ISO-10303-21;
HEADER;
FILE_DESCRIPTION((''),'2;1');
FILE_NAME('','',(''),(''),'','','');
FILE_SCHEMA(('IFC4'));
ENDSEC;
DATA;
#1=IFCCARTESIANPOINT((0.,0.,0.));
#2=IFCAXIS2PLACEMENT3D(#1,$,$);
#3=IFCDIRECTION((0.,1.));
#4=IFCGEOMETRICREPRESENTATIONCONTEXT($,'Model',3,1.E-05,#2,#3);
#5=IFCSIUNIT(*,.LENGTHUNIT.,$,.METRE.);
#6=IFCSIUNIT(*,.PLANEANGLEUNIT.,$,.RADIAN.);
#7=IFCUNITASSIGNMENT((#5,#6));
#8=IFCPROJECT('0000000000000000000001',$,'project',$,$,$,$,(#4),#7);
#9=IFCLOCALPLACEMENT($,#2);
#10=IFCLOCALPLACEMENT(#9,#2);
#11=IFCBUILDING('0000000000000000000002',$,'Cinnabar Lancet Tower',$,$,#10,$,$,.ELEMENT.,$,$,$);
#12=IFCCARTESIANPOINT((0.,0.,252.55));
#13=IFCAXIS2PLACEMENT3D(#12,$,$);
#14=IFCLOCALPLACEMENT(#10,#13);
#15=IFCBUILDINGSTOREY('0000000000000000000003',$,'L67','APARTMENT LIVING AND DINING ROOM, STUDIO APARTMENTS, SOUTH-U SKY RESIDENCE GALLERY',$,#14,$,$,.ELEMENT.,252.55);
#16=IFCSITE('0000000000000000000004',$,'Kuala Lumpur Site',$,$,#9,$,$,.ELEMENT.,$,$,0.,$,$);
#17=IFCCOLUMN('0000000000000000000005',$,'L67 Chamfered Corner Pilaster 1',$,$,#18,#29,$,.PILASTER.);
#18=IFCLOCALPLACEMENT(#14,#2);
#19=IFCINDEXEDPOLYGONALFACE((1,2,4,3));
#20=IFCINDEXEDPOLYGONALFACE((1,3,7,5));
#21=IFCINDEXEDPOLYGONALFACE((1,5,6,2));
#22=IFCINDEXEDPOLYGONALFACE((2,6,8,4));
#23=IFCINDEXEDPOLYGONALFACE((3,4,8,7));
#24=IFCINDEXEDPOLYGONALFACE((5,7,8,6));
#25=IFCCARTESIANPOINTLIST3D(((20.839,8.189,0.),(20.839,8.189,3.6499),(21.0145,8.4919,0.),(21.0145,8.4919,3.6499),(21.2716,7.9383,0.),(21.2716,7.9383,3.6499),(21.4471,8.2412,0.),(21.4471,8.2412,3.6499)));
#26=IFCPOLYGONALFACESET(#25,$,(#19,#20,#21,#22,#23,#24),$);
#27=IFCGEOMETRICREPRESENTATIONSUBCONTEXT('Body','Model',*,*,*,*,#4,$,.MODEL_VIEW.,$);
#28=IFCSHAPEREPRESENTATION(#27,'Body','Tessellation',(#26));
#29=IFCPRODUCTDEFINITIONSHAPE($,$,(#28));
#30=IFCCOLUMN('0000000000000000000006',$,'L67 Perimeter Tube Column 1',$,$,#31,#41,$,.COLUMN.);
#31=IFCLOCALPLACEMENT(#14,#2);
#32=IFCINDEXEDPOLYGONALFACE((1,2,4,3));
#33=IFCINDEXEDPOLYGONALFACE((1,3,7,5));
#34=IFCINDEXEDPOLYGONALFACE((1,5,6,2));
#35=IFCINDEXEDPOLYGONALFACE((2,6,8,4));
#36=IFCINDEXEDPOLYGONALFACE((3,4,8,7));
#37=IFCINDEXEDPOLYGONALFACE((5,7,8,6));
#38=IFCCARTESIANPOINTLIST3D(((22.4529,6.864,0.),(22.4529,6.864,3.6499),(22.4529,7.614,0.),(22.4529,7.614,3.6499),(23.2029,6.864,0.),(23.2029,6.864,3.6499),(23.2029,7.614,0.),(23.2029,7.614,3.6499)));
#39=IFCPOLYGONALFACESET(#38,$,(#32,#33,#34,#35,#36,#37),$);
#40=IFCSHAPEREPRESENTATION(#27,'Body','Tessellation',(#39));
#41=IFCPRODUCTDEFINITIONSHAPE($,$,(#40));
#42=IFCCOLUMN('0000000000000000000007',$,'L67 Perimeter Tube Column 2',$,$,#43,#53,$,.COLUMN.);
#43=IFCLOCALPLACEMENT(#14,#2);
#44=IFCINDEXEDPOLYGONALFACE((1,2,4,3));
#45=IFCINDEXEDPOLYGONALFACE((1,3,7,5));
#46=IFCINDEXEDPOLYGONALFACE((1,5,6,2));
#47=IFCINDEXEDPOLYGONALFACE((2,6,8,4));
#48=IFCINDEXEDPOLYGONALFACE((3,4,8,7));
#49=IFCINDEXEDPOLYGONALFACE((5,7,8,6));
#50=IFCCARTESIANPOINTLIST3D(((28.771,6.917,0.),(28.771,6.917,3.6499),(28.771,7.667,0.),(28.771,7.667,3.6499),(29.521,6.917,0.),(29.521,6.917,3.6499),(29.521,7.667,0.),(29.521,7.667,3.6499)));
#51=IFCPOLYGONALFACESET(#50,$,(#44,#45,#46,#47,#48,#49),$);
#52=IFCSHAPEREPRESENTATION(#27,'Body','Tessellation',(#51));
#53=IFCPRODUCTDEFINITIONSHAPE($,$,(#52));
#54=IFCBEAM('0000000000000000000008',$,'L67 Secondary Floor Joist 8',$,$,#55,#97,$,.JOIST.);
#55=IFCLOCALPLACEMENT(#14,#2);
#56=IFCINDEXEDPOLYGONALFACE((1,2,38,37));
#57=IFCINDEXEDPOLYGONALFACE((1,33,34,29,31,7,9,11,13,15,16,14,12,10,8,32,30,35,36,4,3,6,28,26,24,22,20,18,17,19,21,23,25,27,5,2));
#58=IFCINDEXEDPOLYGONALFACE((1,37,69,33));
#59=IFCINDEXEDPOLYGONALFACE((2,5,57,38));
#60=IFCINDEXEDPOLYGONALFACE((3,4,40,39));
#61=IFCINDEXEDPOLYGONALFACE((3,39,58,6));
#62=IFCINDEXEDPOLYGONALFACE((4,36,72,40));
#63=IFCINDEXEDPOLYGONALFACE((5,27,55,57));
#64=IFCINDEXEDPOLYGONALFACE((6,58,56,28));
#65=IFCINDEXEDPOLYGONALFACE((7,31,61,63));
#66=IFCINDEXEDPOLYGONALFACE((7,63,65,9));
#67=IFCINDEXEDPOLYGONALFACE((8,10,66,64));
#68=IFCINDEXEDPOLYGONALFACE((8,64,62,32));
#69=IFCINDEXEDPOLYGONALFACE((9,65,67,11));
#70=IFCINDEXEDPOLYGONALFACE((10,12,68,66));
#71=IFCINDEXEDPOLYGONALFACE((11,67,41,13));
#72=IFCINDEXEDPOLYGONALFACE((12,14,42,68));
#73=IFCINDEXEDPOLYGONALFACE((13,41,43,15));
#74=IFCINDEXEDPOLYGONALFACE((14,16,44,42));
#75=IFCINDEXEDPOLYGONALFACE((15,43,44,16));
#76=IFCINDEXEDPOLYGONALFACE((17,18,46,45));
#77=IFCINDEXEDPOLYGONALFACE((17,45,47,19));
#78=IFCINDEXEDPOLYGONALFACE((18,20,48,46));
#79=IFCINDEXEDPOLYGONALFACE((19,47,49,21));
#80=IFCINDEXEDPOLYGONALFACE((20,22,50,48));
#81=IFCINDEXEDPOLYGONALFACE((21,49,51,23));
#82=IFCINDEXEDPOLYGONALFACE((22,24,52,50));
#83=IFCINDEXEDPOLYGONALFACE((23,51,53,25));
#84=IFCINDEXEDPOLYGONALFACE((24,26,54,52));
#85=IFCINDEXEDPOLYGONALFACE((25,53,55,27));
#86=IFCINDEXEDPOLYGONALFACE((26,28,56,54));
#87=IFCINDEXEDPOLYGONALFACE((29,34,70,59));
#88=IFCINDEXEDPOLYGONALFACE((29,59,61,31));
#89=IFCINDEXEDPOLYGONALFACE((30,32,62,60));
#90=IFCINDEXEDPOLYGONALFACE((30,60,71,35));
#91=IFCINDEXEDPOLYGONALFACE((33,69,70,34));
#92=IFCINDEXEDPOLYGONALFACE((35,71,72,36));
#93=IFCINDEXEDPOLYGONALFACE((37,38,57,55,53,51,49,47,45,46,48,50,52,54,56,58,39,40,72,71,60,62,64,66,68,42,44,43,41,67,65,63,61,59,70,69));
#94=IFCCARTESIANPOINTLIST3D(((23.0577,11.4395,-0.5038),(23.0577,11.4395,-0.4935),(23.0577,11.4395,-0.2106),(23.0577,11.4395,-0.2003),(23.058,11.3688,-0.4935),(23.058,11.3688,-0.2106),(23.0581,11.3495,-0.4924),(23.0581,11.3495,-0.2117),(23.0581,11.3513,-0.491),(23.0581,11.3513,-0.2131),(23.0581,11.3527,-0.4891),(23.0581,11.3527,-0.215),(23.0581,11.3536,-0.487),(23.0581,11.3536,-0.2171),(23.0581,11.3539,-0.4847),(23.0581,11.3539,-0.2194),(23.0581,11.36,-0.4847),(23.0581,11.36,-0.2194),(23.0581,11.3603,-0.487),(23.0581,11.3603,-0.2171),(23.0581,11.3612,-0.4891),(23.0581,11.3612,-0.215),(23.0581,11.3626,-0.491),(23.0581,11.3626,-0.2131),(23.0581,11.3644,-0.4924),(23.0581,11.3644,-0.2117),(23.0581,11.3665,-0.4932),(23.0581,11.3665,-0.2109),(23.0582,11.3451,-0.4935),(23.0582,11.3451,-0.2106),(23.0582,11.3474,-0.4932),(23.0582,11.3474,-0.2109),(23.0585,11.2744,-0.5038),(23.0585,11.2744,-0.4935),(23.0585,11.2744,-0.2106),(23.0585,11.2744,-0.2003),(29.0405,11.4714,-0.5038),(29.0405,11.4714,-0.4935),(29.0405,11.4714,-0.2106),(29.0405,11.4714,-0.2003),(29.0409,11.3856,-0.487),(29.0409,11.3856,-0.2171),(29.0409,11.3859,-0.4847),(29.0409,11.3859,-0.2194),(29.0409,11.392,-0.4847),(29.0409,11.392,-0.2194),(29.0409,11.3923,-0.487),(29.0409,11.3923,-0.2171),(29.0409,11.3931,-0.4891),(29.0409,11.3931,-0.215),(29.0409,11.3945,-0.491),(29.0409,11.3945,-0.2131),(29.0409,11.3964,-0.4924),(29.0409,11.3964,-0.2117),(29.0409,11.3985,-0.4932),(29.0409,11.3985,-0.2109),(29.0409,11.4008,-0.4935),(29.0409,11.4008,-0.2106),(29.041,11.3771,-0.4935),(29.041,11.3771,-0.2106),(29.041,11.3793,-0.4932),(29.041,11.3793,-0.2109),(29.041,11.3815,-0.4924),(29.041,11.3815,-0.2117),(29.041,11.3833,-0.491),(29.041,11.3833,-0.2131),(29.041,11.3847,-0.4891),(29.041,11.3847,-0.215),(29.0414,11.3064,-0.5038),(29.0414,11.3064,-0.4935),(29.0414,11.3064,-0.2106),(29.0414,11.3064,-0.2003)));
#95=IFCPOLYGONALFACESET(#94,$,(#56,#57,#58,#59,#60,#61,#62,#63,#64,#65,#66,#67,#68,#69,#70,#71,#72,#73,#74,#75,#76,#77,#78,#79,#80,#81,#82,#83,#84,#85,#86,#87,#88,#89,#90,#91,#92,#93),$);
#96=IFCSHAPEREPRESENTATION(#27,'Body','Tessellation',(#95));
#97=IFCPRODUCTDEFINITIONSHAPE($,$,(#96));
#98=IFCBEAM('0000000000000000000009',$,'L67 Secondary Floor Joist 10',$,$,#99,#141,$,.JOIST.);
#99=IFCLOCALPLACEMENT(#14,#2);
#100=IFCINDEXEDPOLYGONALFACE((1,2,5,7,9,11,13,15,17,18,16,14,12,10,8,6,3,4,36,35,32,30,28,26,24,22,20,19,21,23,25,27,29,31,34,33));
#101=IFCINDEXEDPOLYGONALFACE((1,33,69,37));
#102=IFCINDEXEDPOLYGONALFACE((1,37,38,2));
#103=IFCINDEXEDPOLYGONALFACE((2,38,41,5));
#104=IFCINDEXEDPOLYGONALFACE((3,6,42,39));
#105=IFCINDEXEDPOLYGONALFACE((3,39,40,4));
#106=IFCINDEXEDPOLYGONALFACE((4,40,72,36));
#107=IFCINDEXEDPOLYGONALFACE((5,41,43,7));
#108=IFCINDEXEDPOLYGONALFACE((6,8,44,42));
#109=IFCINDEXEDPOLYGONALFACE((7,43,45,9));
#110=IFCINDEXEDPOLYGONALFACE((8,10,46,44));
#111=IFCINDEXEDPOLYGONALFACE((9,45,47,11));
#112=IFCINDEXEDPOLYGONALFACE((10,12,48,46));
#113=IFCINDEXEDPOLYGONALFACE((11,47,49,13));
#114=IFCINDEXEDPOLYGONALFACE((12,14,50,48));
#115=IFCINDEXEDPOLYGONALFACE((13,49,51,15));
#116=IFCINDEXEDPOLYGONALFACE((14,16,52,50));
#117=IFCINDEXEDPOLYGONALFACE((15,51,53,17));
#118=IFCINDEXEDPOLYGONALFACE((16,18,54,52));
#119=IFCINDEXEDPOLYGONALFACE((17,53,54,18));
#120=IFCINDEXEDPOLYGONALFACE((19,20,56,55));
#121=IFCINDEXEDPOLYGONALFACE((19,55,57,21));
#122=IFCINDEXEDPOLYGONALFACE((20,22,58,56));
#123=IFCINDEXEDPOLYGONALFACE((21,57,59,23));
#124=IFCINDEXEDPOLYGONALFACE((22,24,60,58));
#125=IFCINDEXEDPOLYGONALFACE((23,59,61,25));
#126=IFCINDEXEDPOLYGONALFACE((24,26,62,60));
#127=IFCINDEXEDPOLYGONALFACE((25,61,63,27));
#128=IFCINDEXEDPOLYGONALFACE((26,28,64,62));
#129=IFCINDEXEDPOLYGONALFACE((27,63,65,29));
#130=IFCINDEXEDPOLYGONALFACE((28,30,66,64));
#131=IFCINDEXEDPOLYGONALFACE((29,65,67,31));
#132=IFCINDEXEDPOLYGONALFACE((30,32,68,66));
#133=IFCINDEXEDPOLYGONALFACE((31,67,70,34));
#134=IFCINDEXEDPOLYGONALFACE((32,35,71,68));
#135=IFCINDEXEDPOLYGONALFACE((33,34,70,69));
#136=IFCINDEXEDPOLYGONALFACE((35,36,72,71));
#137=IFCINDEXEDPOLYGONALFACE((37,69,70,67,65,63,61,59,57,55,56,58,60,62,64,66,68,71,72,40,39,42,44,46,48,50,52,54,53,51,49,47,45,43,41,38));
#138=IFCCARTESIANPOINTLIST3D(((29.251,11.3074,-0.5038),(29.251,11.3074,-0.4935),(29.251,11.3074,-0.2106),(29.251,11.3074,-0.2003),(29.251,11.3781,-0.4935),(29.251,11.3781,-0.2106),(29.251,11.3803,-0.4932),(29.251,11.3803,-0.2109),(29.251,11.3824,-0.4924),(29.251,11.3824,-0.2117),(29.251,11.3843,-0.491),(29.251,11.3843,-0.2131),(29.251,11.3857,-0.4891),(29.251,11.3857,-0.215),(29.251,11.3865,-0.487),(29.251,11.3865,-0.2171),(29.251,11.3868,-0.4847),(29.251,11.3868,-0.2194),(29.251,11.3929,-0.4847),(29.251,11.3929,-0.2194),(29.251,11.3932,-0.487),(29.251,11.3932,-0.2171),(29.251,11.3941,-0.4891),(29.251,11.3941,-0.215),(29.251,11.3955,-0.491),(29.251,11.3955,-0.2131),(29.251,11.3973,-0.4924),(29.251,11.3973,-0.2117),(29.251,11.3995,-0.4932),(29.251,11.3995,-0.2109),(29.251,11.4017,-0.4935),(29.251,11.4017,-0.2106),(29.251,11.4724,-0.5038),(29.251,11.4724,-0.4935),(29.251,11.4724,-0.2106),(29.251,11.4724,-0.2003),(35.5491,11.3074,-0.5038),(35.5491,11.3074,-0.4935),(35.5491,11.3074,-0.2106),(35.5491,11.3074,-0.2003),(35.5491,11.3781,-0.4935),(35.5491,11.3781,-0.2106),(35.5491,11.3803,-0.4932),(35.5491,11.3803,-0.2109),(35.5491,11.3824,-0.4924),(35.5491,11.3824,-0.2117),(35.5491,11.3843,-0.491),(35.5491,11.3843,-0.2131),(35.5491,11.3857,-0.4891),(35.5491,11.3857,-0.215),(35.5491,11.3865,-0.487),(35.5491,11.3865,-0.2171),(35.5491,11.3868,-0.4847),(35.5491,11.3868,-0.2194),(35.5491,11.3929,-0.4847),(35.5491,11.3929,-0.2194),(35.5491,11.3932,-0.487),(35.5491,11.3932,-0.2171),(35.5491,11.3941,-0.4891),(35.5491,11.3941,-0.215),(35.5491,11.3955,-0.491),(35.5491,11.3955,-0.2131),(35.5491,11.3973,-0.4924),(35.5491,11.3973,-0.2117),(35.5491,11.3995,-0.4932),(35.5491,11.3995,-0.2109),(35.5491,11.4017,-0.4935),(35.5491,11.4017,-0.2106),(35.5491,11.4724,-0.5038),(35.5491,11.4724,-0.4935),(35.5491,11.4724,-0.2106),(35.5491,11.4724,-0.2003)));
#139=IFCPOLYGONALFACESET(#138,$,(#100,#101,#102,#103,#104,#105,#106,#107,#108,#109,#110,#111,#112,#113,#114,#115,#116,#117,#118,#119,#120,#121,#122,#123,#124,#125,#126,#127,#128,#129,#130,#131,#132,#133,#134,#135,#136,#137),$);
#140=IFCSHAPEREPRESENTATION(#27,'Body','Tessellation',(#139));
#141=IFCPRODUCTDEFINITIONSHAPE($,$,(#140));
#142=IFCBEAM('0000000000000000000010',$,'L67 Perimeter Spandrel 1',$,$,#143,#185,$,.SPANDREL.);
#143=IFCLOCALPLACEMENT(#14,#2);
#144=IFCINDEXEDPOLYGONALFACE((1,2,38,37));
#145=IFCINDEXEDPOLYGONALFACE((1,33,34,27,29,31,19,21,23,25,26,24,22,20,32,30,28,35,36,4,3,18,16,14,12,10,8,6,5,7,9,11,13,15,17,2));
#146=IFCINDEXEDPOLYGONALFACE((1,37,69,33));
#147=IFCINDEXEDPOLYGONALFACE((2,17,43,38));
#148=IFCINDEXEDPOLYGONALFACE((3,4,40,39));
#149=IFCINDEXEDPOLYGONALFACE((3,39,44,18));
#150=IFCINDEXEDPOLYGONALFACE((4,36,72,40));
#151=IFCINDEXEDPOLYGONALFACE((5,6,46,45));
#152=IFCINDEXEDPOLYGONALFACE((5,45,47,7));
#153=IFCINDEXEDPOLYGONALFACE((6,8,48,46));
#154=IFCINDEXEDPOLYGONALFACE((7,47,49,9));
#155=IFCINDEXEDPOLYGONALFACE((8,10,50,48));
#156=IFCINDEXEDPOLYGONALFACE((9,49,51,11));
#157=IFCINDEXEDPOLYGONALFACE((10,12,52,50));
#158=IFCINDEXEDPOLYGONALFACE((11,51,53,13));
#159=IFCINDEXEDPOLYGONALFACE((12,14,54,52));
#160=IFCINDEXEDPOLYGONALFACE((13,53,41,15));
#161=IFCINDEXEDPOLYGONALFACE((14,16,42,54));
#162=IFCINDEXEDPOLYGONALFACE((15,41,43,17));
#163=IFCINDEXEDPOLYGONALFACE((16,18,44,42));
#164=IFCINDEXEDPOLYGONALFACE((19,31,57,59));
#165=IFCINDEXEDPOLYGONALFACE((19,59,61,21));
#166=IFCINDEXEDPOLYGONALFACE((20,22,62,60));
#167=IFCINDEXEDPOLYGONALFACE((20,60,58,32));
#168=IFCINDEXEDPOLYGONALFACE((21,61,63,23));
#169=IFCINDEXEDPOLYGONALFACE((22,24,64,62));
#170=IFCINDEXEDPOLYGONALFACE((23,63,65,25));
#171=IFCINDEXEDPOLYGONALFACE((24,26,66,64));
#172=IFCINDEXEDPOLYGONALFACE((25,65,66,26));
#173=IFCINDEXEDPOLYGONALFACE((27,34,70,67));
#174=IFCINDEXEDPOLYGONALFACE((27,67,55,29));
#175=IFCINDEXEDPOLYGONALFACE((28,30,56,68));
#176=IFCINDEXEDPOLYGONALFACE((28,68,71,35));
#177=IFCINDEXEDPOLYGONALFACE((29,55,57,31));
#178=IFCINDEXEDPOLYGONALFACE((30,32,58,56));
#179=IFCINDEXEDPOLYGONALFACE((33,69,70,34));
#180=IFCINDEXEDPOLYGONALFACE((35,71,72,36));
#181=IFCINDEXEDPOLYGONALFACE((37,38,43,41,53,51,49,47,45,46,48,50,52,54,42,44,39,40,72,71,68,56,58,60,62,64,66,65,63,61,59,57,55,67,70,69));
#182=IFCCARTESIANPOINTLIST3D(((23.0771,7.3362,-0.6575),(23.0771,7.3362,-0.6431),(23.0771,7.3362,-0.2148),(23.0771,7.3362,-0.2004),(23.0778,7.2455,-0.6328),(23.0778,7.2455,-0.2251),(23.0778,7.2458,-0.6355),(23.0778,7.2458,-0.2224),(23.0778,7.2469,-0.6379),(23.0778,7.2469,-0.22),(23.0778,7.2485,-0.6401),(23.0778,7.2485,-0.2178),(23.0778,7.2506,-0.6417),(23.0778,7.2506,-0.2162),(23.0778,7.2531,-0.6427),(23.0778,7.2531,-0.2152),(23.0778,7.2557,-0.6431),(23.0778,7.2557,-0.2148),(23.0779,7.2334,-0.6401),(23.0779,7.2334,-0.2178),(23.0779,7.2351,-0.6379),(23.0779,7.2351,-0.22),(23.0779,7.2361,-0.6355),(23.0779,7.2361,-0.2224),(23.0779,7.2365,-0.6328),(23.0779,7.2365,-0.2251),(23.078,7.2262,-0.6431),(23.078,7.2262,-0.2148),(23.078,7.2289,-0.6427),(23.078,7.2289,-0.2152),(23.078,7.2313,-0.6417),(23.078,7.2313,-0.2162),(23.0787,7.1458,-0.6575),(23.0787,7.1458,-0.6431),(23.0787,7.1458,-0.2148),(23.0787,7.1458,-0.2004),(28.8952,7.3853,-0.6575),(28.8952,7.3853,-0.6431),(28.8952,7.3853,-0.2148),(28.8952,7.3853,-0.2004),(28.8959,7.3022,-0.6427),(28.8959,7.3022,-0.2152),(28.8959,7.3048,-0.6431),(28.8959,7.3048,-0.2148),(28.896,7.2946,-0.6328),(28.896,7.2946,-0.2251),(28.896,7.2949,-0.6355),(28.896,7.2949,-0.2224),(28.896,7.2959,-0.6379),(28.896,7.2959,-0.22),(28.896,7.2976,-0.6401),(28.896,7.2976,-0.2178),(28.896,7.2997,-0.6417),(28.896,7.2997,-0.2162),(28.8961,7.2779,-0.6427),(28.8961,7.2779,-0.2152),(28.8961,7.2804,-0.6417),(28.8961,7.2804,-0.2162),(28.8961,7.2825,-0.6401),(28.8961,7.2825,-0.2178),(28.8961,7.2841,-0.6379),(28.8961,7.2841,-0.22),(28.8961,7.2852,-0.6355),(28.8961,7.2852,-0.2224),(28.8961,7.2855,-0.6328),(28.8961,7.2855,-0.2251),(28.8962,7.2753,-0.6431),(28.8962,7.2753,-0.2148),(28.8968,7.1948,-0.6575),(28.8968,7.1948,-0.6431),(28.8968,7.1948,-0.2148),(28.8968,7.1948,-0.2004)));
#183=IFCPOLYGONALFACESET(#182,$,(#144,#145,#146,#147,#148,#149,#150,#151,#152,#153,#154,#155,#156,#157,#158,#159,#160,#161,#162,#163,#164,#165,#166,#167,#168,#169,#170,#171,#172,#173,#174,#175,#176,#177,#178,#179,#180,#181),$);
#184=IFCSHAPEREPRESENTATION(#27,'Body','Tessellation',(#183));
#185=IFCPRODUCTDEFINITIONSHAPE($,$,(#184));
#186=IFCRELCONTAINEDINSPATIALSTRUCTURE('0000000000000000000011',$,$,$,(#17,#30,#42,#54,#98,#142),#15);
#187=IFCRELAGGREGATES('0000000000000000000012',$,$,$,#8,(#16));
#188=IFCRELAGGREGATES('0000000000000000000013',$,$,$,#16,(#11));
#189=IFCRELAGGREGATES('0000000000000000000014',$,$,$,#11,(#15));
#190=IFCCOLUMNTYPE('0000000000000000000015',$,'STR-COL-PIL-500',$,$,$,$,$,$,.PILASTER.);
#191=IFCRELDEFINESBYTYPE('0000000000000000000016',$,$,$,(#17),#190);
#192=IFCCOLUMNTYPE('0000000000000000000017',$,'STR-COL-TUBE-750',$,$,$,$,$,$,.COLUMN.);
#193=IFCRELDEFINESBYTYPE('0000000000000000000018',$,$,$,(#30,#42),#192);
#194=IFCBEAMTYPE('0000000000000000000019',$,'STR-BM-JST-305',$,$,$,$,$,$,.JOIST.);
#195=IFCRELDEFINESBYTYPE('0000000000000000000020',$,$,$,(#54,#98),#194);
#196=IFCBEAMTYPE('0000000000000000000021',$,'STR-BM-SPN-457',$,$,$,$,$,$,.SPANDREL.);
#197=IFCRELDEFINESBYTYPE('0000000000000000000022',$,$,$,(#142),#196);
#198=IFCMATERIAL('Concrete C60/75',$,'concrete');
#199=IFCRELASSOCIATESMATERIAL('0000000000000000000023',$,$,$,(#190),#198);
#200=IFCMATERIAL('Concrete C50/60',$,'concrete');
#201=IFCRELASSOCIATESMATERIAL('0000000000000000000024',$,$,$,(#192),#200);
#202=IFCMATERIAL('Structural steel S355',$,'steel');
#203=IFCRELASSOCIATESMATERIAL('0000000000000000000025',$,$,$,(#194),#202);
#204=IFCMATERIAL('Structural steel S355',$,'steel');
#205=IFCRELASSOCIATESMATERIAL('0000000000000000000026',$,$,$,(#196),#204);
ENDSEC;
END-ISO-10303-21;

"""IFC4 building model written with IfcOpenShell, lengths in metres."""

from ifc_helpers import new_model, si_unit, direction, frame, origin, origin_2d, place, context, subcontext, project, spatial, rectangle, i_section, extrude, material, material_profile, profile_set, type_object, element, save


model = new_model("IFC4")

# Units and contexts
model_context = context("Model", 3, precision=1e-05, world=origin(), true_north=direction((0.0, 1.0)))
body_context = subcontext(model_context, "Body", "Model", "MODEL_VIEW")
ifc_project = project(units=[si_unit("LENGTHUNIT", "METRE"), si_unit("PLANEANGLEUNIT", "RADIAN")], contexts=[model_context])

# Site, building, storey
site_placement = place(None, origin())
site = spatial("IfcSite", under=ifc_project, at=site_placement, Name="Kuala Lumpur Site", CompositionType="ELEMENT", RefElevation=0.0)
building_placement = place(site_placement, origin())
building = spatial("IfcBuilding", under=site, at=building_placement, Name="Cinnabar Lancet Tower", CompositionType="ELEMENT")
storey_placement = place(building_placement, frame((0.0, 0.0, 252.55)))
storey = spatial("IfcBuildingStorey", under=building, at=storey_placement, Name="L67", Description="APARTMENT LIVING AND DINING ROOM, STUDIO APARTMENTS, SOUTH-U SKY RESIDENCE GALLERY", CompositionType="ELEMENT", Elevation=252.55)

# Columns
ifc_material_1 = material(Name="Concrete C60/75", Category="concrete")
ifc_material_profile_1 = material_profile(ifc_material_1, rectangle(XDim=0.5, YDim=0.3501, at=origin_2d()), Name="RC-PIL 500x350")
ifc_profile_set_1 = profile_set([ifc_material_profile_1], Name="Concrete C60/75")
column_type_1 = type_object("IfcColumnType", Name="STR-COL-PIL-500", PredefinedType="PILASTER", material=ifc_profile_set_1)
column_placement = place(storey_placement, frame((21.1431, 8.2151, 0.0), z_axis=(0.0, 0.0, 1.0), x_axis=(0.865256, -0.50133, 0.0)))
element("IfcColumn", 1, at=column_placement, inside=storey, type_object=column_type_1, Name="L67 Chamfered Corner Pilaster 1", PredefinedType="PILASTER", context=body_context, shape_type="SweptSolid", body=[
    extrude(rectangle(XDim=0.5, YDim=0.3501, at=origin_2d()), origin(), (0.0, 0.0, 1.0), 3.6499),
])
ifc_material_2 = material(Name="Concrete C50/60", Category="concrete")
ifc_material_profile_2 = material_profile(ifc_material_2, rectangle(XDim=0.75, YDim=0.75, at=origin_2d()), Name="RC-COL 750x750")
ifc_profile_set_2 = profile_set([ifc_material_profile_2], Name="Concrete C50/60")
column_type_2 = type_object("IfcColumnType", Name="STR-COL-TUBE-750", PredefinedType="COLUMN", material=ifc_profile_set_2)
for number, where, z_axis, x_axis, name in (
    (2, (22.8279, 7.239, 0.0), (0.0, 0.0, 1.0), (1.0, 0.0, 0.0), "L67 Perimeter Tube Column 1"),
    (3, (29.146, 7.292, 0.0), (0.0, 0.0, 1.0), (1.0, 0.0, 0.0), "L67 Perimeter Tube Column 2"),
):
    element("IfcColumn", number, at=place(storey_placement, frame(where, z_axis=z_axis, x_axis=x_axis)), inside=storey, type_object=column_type_2, Name=name, PredefinedType="COLUMN", context=body_context, shape_type="SweptSolid", body=[
        extrude(rectangle(XDim=0.75, YDim=0.75, at=origin_2d()), origin(), (0.0, 0.0, 1.0), 3.6499),
    ])

# Beams
ifc_material_3 = material(Name="Structural steel S355", Category="steel")
ifc_material_profile_3 = material_profile(ifc_material_3, i_section(OverallWidth=0.165, OverallDepth=0.3035, WebThickness=0.0061, FlangeThickness=0.0103, FilletRadius=0.0088, at=origin_2d()), Name="UKB 305x165x40")
ifc_profile_set_3 = profile_set([ifc_material_profile_3], Name="Structural steel S355")
beam_type_1 = type_object("IfcBeamType", Name="STR-BM-JST-305", PredefinedType="JOIST", material=ifc_profile_set_3)
beam_1_placement = place(storey_placement, frame((23.0581, 11.3569, -0.3521), z_axis=(0.999986, 0.005346, 0.0), x_axis=(-0.005346, 0.999986, 0.0)))
element("IfcBeam", 4, at=beam_1_placement, inside=storey, type_object=beam_type_1, Name="L67 Secondary Floor Joist 8", PredefinedType="JOIST", context=body_context, shape_type="SweptSolid", body=[
    extrude(i_section(OverallWidth=0.165, OverallDepth=0.3035, WebThickness=0.0061, FlangeThickness=0.0103, FilletRadius=0.0088, at=origin_2d()), origin(), (0.0, 0.0, 1.0), 5.9829),
])
beam_2_placement = place(storey_placement, frame((29.251, 11.3899, -0.3521), z_axis=(1.0, 0.0, 0.0), x_axis=(0.0, 1.0, 0.0)))
element("IfcBeam", 5, at=beam_2_placement, inside=storey, type_object=beam_type_1, Name="L67 Secondary Floor Joist 10", PredefinedType="JOIST", context=body_context, shape_type="SweptSolid", body=[
    extrude(i_section(OverallWidth=0.165, OverallDepth=0.3035, WebThickness=0.0061, FlangeThickness=0.0103, FilletRadius=0.0088, at=origin_2d()), origin(), (0.0, 0.0, 1.0), 6.2981),
])
ifc_material_4 = material(Name="Structural steel S355", Category="steel")
ifc_material_profile_4 = material_profile(ifc_material_4, i_section(OverallWidth=0.1904, OverallDepth=0.457, WebThickness=0.009, FlangeThickness=0.0144, FilletRadius=0.0103, at=origin_2d()), Name="UKB 457x191x74")
ifc_profile_set_4 = profile_set([ifc_material_profile_4], Name="Structural steel S355")
beam_type_2 = type_object("IfcBeamType", Name="STR-BM-SPN-457", PredefinedType="SPANDREL", material=ifc_profile_set_4)
beam_3_placement = place(storey_placement, frame((23.0779, 7.241, -0.429), z_axis=(0.999964, 0.008434, 0.0), x_axis=(-0.008434, 0.999964, 0.0)))
element("IfcBeam", 6, at=beam_3_placement, inside=storey, type_object=beam_type_2, Name="L67 Perimeter Spandrel 1", PredefinedType="SPANDREL", context=body_context, shape_type="SweptSolid", body=[
    extrude(i_section(OverallWidth=0.1904, OverallDepth=0.457, WebThickness=0.009, FlangeThickness=0.0144, FilletRadius=0.0103, at=origin_2d()), origin(), (0.0, 0.0, 1.0), 5.8184),
])

save(model, "model.ifc")
